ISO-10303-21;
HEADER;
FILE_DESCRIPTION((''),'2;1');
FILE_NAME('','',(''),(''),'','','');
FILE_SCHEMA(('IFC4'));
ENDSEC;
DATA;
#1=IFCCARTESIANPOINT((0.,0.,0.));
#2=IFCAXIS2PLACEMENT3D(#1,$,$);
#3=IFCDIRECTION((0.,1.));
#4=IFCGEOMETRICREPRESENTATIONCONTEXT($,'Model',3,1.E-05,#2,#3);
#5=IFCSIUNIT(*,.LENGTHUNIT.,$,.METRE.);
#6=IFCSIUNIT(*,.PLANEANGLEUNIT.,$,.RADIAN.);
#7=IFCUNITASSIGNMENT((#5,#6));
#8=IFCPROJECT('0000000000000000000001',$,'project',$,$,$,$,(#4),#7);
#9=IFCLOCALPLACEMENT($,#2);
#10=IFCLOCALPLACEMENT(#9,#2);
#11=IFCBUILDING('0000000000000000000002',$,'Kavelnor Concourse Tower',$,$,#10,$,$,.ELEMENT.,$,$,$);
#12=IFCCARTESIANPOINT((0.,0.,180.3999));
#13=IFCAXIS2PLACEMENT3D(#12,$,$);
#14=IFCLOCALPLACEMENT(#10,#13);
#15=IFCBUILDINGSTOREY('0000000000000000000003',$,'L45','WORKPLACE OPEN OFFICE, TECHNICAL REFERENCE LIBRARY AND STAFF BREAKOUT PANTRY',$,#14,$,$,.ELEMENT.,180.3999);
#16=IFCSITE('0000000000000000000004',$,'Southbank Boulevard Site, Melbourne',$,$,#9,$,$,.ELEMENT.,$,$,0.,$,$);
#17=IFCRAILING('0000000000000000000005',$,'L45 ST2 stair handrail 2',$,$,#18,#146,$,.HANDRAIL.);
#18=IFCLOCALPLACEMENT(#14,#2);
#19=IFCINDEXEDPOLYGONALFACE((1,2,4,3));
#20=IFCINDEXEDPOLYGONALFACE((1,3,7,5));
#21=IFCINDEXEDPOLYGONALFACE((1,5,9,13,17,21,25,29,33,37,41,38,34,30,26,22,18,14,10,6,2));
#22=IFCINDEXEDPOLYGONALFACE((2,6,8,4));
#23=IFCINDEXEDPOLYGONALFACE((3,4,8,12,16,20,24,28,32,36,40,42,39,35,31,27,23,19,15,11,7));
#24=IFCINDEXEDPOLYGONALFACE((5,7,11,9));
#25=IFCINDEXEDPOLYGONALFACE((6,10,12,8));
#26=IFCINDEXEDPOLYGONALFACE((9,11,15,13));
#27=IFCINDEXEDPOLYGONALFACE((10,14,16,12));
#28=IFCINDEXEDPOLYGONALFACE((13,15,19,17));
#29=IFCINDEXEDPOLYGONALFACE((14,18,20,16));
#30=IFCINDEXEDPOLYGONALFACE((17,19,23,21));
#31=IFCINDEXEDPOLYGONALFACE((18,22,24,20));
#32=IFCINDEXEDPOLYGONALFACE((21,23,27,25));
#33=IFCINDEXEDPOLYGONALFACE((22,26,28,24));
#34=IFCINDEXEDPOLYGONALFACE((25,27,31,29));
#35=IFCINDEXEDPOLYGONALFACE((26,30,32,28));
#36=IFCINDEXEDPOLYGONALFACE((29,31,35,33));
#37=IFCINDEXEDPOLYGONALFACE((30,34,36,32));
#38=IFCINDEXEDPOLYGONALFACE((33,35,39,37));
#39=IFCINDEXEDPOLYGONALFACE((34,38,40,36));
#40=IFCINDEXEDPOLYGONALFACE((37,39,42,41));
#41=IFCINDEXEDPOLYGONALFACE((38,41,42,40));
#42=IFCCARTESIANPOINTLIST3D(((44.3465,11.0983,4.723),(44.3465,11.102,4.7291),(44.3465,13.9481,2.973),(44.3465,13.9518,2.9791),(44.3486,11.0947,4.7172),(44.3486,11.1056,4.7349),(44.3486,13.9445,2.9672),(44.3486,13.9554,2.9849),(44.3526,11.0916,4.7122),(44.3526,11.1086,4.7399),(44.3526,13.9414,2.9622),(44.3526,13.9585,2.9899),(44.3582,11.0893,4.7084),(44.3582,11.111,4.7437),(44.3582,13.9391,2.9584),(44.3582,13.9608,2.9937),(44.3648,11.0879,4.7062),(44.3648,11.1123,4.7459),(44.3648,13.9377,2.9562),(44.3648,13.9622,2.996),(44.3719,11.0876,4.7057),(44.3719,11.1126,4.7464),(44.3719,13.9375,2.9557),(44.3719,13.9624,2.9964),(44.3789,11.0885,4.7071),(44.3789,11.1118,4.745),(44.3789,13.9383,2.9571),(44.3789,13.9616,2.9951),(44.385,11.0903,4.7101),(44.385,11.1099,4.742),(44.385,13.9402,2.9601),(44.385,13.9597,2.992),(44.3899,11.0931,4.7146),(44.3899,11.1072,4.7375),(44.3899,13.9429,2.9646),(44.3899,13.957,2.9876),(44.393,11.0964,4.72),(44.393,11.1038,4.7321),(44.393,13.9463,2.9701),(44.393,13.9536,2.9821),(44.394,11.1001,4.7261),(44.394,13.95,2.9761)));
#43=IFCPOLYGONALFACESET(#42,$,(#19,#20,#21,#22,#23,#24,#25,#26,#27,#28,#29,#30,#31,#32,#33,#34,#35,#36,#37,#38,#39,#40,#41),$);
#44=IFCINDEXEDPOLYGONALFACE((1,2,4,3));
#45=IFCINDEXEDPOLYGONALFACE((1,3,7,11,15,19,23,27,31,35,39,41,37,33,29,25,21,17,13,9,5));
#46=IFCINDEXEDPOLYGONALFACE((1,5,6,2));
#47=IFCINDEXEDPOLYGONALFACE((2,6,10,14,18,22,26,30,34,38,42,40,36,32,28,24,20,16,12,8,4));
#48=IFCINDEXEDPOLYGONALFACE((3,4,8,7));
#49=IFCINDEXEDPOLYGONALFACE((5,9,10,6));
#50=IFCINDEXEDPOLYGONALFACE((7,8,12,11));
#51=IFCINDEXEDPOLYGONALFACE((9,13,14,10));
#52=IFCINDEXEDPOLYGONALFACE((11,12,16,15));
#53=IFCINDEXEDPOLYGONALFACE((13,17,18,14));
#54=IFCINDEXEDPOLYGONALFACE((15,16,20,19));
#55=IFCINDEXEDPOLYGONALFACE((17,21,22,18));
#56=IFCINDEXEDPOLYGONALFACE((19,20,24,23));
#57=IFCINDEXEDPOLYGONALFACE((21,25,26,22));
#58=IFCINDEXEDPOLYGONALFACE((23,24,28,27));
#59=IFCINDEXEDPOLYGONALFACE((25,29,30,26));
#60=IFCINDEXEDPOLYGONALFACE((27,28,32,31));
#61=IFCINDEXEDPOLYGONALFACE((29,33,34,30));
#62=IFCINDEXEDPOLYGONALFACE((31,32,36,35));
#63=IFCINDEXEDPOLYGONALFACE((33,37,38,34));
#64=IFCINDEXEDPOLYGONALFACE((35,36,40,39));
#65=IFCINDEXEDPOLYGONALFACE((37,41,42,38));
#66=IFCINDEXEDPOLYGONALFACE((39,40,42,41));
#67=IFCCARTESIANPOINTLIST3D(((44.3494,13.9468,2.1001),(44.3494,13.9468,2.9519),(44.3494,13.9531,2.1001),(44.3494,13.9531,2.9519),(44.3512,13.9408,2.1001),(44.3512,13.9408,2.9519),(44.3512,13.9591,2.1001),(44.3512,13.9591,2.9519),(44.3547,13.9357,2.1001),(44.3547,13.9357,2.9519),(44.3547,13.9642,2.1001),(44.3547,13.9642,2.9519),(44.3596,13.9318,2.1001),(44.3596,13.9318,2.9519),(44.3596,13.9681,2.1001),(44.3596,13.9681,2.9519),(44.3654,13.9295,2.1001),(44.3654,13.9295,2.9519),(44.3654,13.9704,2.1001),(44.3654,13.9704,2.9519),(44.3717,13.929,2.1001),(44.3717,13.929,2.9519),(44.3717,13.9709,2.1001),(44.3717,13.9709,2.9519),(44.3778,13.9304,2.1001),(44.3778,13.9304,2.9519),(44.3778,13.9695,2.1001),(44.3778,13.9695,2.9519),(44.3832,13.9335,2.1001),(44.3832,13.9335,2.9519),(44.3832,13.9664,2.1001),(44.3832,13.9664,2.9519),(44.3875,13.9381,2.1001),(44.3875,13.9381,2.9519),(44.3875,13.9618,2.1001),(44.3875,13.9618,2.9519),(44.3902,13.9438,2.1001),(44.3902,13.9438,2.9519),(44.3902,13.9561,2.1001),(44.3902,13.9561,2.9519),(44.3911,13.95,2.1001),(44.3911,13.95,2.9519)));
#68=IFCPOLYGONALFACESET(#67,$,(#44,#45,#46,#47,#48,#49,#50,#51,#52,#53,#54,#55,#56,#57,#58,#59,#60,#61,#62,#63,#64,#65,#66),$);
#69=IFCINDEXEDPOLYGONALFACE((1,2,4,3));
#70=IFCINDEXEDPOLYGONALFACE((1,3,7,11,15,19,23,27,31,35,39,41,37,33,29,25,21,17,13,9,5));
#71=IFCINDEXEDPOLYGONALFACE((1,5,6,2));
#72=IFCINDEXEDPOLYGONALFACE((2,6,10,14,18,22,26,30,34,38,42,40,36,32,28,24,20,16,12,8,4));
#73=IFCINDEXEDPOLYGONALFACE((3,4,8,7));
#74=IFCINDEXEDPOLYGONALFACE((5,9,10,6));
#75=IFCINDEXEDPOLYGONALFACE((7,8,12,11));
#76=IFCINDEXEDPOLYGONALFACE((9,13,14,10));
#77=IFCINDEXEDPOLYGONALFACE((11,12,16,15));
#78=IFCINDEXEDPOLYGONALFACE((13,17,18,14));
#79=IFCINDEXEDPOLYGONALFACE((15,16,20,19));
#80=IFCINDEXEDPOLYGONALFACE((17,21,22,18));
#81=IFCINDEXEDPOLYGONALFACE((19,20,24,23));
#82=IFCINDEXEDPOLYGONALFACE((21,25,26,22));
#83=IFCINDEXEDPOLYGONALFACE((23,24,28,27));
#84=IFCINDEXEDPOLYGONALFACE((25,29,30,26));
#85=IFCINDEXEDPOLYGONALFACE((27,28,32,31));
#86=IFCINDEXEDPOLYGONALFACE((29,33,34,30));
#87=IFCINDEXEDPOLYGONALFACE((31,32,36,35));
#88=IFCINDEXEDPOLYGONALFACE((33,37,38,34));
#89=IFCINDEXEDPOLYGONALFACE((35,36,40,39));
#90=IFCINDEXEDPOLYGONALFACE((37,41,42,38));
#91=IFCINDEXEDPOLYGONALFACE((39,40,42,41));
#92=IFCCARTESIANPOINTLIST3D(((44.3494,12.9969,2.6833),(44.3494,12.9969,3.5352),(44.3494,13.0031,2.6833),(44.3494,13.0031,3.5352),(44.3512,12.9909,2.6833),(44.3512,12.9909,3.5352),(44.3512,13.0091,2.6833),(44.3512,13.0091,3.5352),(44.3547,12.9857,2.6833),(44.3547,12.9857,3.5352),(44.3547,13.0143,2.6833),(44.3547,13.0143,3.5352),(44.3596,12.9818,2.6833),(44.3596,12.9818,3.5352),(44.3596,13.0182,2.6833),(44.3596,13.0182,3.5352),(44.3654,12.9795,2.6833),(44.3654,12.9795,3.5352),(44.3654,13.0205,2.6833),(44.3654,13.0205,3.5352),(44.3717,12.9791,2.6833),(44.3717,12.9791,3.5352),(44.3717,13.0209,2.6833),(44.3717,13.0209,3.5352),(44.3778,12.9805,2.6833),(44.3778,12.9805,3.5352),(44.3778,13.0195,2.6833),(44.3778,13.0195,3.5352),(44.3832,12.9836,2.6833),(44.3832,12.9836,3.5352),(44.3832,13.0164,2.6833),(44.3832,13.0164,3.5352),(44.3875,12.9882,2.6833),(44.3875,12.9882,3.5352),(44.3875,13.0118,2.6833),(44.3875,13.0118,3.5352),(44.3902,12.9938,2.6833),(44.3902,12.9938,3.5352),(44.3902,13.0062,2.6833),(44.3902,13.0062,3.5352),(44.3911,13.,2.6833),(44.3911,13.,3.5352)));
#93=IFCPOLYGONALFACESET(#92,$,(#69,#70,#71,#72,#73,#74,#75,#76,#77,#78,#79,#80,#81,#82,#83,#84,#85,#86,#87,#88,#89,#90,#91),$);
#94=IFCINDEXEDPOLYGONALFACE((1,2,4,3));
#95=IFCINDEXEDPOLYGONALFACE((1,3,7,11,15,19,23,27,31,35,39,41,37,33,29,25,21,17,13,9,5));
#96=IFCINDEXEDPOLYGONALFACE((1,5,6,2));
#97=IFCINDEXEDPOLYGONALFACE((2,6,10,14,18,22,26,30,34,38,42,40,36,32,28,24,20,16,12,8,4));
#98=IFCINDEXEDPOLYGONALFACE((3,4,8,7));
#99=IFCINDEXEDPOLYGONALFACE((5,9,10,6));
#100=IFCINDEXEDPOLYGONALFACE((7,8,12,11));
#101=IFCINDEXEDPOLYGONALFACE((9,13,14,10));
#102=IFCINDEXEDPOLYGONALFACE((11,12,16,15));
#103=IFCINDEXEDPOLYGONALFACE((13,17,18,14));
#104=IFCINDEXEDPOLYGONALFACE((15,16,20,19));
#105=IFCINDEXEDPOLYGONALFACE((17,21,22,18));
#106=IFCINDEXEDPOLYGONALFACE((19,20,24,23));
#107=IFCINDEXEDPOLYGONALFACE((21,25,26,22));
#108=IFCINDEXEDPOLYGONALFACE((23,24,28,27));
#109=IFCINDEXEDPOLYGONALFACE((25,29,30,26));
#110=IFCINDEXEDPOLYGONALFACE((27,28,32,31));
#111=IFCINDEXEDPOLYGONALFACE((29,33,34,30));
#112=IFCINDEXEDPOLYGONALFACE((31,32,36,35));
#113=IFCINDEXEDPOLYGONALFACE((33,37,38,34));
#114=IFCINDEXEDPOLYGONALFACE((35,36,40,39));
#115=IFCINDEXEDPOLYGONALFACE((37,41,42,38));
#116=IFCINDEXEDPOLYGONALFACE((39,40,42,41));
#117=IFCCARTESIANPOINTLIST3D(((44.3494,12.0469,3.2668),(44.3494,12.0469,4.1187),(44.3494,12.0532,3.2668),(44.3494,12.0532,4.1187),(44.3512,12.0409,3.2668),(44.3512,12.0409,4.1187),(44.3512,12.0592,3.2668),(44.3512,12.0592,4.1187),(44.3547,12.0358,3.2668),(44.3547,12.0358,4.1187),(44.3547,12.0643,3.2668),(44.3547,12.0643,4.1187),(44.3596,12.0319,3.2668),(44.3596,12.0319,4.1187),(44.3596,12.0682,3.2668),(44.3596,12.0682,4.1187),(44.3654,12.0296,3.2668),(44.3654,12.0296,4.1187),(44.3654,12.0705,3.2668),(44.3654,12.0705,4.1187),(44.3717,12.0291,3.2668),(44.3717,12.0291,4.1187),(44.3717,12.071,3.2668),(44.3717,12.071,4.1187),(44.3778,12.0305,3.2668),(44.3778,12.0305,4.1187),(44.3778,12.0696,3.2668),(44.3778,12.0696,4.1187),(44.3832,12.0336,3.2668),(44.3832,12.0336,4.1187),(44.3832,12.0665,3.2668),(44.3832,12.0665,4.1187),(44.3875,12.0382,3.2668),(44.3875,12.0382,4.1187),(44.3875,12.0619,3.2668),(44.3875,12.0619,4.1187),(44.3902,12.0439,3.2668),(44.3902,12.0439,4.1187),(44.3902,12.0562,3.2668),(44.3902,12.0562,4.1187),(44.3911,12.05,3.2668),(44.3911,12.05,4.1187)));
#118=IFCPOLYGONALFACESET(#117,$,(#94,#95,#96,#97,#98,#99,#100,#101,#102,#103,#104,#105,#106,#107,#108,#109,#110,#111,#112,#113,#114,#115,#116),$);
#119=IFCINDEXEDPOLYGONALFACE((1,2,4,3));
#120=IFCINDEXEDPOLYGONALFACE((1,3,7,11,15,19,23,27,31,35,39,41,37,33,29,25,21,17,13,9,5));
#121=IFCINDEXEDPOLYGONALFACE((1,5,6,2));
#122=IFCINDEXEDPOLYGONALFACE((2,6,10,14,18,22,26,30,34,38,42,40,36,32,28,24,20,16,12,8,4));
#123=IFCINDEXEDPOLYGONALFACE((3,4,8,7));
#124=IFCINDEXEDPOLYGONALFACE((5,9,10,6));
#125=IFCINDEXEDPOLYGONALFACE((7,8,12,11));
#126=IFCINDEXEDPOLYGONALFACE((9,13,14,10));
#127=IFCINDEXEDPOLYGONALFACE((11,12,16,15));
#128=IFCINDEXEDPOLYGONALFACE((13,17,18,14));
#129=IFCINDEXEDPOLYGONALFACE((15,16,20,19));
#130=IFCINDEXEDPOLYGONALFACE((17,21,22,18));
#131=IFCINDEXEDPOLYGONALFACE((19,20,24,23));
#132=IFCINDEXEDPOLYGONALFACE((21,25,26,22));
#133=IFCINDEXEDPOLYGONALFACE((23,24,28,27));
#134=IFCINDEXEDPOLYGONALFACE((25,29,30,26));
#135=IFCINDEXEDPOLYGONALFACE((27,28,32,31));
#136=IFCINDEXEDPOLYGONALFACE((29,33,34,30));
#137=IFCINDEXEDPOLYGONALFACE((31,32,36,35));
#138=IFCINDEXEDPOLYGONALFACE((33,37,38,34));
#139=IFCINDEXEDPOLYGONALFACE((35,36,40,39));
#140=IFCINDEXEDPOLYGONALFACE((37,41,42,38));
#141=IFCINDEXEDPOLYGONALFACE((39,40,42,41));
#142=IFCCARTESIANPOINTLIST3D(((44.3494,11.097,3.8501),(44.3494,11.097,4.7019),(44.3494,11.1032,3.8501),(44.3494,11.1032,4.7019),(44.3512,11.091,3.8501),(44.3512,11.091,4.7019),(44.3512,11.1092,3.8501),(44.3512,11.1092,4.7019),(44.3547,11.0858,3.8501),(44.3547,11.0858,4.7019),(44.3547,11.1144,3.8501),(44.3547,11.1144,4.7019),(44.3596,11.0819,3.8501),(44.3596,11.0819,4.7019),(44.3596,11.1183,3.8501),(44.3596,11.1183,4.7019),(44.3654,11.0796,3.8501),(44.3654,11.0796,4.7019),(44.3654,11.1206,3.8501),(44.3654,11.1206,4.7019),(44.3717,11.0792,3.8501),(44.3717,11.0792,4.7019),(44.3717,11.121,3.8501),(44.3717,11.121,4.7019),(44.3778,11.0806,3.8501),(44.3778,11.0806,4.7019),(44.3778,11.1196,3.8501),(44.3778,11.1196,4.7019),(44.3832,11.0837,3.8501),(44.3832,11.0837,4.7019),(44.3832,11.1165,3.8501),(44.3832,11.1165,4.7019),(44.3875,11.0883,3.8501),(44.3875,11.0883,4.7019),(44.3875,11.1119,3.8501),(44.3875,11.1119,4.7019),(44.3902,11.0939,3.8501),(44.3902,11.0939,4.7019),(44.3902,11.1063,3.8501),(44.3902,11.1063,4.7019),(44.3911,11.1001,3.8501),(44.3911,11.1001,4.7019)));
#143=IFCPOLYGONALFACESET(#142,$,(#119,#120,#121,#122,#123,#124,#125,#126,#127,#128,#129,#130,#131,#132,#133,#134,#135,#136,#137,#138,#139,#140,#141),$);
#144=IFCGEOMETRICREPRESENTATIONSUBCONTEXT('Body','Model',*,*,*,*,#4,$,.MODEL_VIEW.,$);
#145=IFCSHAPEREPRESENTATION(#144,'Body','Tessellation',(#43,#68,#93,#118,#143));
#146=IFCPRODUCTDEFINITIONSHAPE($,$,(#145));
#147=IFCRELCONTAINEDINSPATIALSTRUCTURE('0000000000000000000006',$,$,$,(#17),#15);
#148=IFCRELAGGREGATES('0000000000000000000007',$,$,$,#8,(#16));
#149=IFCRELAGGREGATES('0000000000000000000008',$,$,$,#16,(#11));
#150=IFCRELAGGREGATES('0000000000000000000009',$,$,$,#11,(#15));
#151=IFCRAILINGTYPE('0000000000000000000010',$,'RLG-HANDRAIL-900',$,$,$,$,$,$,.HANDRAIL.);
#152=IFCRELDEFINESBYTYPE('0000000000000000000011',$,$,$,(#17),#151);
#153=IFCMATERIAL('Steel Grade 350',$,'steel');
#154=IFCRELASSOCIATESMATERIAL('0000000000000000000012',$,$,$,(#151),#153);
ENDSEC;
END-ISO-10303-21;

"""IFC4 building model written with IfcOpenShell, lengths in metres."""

from ifc_helpers import new_model, si_unit, direction, frame, origin, origin_2d, place, context, subcontext, project, spatial, circle, extrude, material, type_object, element, save


model = new_model("IFC4")

# Units and contexts
model_context = context("Model", 3, precision=1e-05, world=origin(), true_north=direction((0.0, 1.0)))
body_context = subcontext(model_context, "Body", "Model", "MODEL_VIEW")
ifc_project = project(units=[si_unit("LENGTHUNIT", "METRE"), si_unit("PLANEANGLEUNIT", "RADIAN")], contexts=[model_context])

# Site, building, storey
site_placement = place(None, origin())
site = spatial("IfcSite", under=ifc_project, at=site_placement, Name="Southbank Boulevard Site, Melbourne", CompositionType="ELEMENT", RefElevation=0.0)
building_placement = place(site_placement, origin())
building = spatial("IfcBuilding", under=site, at=building_placement, Name="Kavelnor Concourse Tower", CompositionType="ELEMENT")
storey_placement = place(building_placement, frame((0.0, 0.0, 180.3999)))
storey = spatial("IfcBuildingStorey", under=building, at=storey_placement, Name="L45", Description="WORKPLACE OPEN OFFICE, TECHNICAL REFERENCE LIBRARY AND STAFF BREAKOUT PANTRY", CompositionType="ELEMENT", Elevation=180.3999)

# Shared definitions
ifc_material_1 = material(Name="Steel Grade 350", Category="steel")

# Railing
railing_type_1 = type_object("IfcRailingType", Name="RLG-HANDRAIL-900", PredefinedType="HANDRAIL", material=ifc_material_1)
railing_1_placement = place(storey_placement, frame((44.3701, 13.95, 2.1001)))
element("IfcRailing", 1, at=railing_1_placement, inside=storey, type_object=railing_type_1, Name="L45 ST2 stair handrail 2", PredefinedType="HANDRAIL", context=body_context, shape_type="SweptSolid", body=[
    extrude(circle(Radius=0.0239, at=origin_2d()), frame((0.0, 0.0, 0.876), z_axis=(0.0, -0.852159, 0.523283), x_axis=(1.0, 0.0, 0.0)), (0.0, 0.0, 1.0), 3.3442),
    extrude(circle(Radius=0.021, at=origin_2d()), origin(), (0.0, 0.0, 1.0), 0.8518),
    extrude(circle(Radius=0.021, at=origin_2d()), frame((0.0, -0.95, 0.5833)), (0.0, 0.0, 1.0), 0.8518),
    extrude(circle(Radius=0.021, at=origin_2d()), frame((0.0, -1.8999, 1.1667)), (0.0, 0.0, 1.0), 0.8518),
    extrude(circle(Radius=0.021, at=origin_2d()), frame((0.0, -2.8499, 1.75)), (0.0, 0.0, 1.0), 0.8518),
])

save(model, "model.ifc")
